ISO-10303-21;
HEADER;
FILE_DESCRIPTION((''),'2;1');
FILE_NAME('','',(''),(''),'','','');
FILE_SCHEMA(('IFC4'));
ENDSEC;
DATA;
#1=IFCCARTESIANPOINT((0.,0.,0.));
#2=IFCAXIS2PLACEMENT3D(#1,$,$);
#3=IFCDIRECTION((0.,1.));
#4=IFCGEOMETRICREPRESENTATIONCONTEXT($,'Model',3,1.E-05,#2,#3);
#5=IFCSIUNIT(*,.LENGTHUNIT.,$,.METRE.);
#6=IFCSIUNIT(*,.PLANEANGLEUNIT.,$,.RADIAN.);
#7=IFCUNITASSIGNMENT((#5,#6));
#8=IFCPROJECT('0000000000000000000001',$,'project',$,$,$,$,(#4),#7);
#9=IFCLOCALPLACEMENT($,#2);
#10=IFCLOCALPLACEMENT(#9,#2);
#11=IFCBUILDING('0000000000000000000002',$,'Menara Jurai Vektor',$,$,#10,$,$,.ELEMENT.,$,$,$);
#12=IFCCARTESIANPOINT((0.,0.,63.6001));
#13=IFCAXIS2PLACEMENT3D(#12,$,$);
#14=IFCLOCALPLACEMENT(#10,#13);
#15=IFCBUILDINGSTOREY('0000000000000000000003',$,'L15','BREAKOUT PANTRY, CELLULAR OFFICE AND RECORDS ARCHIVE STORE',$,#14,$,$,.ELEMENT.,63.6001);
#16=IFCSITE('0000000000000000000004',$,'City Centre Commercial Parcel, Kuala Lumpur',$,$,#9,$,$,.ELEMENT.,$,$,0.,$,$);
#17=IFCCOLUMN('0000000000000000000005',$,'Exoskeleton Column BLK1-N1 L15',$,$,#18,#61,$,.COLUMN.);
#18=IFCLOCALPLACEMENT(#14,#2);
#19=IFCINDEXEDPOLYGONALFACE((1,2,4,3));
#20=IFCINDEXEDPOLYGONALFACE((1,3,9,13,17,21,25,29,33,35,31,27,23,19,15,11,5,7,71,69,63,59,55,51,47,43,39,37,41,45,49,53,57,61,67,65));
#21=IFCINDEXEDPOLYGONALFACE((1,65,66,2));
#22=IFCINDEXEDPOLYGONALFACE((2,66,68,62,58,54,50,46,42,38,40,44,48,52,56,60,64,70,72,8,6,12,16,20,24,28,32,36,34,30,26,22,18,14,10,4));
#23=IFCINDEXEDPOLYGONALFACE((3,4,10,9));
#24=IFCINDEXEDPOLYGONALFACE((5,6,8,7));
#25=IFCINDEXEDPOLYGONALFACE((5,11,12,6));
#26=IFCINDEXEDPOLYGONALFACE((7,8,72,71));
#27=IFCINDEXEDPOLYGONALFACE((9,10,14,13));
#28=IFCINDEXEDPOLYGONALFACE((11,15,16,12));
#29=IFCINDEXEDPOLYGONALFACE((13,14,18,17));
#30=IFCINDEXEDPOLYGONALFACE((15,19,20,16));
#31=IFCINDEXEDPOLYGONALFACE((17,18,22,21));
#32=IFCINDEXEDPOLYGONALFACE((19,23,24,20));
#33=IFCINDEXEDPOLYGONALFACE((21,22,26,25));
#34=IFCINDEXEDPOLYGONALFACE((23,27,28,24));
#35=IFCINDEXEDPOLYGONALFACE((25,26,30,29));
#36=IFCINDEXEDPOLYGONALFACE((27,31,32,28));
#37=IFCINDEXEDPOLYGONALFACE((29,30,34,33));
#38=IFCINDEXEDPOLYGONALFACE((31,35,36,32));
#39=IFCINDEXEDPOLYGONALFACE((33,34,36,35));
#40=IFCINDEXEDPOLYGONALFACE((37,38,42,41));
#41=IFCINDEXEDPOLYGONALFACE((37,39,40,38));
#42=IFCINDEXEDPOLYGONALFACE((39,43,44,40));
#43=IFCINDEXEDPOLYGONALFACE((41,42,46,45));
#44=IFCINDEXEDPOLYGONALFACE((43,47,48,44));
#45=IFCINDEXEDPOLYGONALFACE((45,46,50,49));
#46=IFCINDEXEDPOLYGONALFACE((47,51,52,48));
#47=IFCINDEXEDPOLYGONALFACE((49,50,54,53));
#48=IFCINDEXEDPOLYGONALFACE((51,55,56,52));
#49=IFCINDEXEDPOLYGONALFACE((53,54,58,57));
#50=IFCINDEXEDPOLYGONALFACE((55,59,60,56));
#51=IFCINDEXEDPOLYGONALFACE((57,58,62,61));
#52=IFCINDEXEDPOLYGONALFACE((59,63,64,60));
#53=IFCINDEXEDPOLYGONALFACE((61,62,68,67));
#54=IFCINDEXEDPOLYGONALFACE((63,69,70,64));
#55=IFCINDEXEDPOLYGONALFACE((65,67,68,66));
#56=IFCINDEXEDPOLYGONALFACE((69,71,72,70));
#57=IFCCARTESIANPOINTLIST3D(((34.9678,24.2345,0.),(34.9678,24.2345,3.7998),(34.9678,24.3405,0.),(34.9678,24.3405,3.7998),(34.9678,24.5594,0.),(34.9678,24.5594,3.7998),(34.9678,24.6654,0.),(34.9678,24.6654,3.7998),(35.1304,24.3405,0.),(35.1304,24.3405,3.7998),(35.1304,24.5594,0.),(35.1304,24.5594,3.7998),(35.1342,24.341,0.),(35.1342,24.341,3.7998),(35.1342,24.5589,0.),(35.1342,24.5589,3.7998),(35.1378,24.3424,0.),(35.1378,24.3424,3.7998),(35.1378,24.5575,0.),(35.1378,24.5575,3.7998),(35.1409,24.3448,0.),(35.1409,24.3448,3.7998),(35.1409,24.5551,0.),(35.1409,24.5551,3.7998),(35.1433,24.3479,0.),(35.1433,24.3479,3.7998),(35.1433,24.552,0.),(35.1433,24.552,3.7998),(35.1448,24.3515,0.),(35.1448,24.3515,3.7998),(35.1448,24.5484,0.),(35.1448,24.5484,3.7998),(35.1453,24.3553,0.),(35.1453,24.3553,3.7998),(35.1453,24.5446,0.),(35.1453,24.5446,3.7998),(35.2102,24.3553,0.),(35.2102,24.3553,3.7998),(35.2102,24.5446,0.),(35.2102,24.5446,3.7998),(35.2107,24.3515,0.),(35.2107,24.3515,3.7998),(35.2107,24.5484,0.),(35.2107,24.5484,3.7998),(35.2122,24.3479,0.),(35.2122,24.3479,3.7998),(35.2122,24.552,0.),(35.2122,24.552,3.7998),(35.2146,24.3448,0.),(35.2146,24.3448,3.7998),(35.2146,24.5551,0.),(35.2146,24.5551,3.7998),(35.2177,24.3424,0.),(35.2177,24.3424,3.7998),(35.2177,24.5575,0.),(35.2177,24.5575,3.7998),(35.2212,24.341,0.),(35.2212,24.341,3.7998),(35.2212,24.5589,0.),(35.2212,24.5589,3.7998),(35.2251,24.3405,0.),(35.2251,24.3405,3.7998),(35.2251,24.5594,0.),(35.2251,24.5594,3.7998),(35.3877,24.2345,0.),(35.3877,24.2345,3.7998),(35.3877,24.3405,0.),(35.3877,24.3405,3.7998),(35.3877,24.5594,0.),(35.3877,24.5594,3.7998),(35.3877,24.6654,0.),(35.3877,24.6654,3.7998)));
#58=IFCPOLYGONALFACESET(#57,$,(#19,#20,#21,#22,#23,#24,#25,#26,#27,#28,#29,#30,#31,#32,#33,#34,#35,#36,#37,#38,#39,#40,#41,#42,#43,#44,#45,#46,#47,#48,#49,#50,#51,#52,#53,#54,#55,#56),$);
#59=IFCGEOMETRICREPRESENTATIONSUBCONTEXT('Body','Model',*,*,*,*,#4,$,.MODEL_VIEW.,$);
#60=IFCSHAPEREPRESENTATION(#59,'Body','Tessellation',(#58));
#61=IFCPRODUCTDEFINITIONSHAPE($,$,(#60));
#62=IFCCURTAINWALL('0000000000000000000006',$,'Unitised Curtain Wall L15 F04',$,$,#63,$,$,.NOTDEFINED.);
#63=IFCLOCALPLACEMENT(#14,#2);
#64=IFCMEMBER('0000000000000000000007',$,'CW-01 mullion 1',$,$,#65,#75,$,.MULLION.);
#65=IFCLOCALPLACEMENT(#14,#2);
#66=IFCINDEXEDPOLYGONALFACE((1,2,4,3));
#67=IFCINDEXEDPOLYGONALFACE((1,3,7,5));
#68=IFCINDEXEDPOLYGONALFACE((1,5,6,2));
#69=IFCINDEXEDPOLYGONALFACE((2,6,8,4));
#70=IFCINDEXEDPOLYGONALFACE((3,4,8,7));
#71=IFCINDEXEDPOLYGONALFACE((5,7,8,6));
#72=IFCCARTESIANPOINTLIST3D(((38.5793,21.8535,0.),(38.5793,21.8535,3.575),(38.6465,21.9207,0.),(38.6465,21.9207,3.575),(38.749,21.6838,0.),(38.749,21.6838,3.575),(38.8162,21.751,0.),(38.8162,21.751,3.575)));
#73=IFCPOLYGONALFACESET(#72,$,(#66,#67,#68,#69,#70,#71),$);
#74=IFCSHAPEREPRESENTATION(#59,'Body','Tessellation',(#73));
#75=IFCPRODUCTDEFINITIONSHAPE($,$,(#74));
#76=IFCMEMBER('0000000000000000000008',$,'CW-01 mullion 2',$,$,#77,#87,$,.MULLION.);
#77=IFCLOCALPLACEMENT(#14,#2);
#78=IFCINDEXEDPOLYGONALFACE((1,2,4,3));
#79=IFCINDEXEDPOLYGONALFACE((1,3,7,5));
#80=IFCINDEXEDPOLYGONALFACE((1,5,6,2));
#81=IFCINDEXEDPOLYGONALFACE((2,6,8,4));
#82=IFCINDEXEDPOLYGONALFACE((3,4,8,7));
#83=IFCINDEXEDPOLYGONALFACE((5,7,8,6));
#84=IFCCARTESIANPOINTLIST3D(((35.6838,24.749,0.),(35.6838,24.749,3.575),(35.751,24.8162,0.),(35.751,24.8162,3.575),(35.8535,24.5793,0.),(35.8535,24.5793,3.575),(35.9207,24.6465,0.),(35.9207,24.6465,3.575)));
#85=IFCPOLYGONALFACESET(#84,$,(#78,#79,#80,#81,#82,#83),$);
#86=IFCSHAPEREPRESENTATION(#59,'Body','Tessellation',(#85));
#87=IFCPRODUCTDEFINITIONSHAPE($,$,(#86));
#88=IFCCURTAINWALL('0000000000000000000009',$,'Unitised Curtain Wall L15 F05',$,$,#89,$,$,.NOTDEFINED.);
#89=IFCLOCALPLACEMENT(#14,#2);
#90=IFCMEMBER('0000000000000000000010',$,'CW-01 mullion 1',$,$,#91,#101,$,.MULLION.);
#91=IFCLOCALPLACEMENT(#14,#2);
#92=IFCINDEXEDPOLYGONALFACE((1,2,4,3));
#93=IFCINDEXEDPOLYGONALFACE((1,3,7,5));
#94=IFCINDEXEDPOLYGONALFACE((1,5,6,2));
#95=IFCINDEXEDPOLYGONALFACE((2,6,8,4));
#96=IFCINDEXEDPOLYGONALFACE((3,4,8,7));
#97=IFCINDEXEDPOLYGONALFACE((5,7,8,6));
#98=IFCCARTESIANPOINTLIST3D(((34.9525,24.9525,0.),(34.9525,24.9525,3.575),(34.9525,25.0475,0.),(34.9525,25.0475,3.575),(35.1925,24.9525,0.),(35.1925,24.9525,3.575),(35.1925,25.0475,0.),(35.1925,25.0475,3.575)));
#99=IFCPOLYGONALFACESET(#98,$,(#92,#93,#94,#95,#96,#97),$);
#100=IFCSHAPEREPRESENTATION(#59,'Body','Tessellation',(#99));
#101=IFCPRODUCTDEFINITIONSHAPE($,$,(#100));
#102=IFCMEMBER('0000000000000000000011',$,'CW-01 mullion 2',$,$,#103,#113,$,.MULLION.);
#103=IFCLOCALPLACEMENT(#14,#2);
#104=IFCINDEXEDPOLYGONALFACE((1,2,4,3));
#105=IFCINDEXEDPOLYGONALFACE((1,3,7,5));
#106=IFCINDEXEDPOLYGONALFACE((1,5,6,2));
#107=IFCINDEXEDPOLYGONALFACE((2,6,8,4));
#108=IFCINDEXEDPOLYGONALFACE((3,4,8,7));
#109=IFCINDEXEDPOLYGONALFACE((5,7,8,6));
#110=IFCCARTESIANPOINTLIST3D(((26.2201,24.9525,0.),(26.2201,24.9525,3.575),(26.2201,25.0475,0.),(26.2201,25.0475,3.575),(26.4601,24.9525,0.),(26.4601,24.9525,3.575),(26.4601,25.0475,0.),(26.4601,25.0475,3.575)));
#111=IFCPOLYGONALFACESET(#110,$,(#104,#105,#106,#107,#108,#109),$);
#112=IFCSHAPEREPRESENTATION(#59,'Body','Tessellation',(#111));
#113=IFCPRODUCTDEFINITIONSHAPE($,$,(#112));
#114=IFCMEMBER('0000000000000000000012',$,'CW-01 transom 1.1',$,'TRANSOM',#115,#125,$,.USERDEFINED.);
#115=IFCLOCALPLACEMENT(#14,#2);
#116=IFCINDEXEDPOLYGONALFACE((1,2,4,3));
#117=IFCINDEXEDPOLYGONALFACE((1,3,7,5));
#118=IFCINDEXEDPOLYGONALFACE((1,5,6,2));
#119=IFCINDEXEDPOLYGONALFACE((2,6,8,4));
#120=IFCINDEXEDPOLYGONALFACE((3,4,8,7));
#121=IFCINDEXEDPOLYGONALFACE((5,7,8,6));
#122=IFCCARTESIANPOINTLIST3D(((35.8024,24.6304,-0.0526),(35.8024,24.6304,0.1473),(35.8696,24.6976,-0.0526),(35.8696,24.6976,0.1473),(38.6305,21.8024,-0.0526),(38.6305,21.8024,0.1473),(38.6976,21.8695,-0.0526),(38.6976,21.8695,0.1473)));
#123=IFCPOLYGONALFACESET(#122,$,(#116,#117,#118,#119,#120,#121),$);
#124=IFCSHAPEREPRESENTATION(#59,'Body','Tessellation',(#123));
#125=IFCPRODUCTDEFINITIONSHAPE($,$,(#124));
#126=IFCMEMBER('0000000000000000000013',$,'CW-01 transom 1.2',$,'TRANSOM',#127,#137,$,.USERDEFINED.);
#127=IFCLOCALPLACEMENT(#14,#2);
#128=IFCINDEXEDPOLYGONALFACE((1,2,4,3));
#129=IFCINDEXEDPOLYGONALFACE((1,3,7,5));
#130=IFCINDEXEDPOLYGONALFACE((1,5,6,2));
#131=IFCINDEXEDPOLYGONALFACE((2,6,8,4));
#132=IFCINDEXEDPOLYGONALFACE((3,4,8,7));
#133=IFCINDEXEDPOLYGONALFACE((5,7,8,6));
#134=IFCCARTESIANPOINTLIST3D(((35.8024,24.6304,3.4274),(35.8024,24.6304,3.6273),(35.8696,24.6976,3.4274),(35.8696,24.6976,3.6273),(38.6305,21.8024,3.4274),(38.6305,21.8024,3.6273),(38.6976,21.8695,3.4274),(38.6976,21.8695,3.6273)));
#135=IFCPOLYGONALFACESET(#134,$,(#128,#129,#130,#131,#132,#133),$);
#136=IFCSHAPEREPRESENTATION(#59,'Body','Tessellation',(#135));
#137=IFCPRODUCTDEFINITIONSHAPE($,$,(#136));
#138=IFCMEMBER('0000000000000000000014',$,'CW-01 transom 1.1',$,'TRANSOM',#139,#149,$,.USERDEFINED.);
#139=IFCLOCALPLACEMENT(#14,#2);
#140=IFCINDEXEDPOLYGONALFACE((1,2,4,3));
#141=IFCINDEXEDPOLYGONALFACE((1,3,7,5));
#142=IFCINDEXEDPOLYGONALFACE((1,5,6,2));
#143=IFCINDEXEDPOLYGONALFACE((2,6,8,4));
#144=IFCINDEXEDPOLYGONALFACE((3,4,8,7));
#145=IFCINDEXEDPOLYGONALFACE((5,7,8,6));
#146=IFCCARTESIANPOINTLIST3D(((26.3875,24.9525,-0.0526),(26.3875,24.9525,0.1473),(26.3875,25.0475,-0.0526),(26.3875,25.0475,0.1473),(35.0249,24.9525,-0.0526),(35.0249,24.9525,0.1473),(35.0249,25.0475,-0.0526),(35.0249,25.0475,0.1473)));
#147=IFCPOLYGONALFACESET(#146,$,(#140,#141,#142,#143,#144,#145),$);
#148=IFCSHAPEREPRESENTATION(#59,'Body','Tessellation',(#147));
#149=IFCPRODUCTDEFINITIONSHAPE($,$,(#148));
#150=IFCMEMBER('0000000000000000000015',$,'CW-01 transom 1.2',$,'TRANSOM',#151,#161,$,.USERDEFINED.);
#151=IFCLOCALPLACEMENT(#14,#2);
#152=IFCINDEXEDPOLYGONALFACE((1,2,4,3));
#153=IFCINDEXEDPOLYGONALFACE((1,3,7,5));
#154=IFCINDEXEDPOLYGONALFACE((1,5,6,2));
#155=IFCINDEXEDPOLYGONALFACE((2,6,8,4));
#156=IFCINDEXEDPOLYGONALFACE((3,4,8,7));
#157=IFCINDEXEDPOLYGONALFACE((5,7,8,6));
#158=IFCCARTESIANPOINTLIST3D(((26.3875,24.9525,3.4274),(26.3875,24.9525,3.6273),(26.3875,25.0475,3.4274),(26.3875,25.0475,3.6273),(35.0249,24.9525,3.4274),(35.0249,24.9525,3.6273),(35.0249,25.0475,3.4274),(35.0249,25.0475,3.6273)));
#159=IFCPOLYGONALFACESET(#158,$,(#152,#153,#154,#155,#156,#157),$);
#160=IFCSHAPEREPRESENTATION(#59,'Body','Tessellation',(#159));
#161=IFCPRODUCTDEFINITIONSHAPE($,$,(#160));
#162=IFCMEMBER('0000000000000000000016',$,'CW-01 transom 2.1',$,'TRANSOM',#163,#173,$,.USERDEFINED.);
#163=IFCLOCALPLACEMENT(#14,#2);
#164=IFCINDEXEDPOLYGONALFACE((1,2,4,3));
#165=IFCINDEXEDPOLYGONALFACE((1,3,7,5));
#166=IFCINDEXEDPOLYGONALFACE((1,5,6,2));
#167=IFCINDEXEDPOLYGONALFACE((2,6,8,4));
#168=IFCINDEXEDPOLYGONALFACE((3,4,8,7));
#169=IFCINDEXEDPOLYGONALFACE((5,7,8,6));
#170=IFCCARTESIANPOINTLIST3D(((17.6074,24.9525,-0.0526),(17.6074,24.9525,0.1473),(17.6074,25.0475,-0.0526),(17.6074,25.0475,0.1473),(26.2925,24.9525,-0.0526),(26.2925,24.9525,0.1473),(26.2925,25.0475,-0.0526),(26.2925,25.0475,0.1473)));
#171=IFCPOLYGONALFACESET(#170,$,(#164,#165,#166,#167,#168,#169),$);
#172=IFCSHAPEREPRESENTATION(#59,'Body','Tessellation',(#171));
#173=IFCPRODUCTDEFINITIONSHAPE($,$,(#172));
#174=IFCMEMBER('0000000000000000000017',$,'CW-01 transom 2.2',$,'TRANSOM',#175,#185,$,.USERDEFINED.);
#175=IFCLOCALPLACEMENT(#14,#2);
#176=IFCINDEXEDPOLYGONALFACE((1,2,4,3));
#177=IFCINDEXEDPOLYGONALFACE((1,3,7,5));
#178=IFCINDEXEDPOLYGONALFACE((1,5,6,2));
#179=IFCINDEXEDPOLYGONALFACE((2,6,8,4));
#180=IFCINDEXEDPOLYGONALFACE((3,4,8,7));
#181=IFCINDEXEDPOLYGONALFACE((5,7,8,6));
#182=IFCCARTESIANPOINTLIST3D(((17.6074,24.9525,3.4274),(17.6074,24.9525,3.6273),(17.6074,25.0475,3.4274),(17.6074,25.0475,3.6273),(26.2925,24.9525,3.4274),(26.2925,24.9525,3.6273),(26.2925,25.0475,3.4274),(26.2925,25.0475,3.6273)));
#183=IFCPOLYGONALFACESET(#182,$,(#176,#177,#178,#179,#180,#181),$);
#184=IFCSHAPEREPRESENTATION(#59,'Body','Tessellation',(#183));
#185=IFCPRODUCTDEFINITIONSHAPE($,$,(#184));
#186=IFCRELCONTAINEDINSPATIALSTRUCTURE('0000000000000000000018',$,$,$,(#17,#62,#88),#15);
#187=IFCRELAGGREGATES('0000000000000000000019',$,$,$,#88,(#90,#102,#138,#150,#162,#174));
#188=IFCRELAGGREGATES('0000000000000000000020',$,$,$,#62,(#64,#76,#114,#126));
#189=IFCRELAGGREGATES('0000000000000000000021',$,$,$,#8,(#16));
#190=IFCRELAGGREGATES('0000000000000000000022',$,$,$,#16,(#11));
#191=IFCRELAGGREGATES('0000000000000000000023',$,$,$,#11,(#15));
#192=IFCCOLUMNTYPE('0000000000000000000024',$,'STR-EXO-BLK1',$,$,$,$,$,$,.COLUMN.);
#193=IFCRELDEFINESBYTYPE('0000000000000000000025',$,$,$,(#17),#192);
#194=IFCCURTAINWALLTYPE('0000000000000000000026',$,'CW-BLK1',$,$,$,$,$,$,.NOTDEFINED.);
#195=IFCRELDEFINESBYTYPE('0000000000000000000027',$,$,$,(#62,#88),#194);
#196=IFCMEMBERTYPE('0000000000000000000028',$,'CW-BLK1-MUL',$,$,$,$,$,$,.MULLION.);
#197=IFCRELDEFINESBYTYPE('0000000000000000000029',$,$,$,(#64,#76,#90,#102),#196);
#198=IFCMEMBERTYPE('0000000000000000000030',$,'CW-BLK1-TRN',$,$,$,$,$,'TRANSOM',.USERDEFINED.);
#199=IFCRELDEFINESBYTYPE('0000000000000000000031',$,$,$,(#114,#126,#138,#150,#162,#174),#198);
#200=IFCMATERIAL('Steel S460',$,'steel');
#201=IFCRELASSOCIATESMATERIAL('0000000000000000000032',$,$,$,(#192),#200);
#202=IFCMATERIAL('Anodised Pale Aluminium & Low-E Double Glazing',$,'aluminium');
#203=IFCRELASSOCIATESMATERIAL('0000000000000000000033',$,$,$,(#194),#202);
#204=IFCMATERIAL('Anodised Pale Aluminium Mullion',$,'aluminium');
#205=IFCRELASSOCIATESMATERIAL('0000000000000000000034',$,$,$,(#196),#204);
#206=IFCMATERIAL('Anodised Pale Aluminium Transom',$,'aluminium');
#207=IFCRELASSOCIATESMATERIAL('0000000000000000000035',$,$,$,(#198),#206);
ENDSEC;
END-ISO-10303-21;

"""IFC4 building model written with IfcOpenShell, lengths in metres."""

from ifc_helpers import new_model, si_unit, direction, frame, origin, origin_2d, place, context, subcontext, project, spatial, rectangle, i_section, extrude, material, material_profile, profile_set, type_object, element, aggregate, save


model = new_model("IFC4")

# Units and contexts
model_context = context("Model", 3, precision=1e-05, world=origin(), true_north=direction((0.0, 1.0)))
body_context = subcontext(model_context, "Body", "Model", "MODEL_VIEW")
ifc_project = project(units=[si_unit("LENGTHUNIT", "METRE"), si_unit("PLANEANGLEUNIT", "RADIAN")], contexts=[model_context])

# Site, building, storey
site_placement = place(None, origin())
site = spatial("IfcSite", under=ifc_project, at=site_placement, Name="City Centre Commercial Parcel, Kuala Lumpur", CompositionType="ELEMENT", RefElevation=0.0)
building_placement = place(site_placement, origin())
building = spatial("IfcBuilding", under=site, at=building_placement, Name="Menara Jurai Vektor", CompositionType="ELEMENT")
storey_placement = place(building_placement, frame((0.0, 0.0, 63.6001)))
storey = spatial("IfcBuildingStorey", under=building, at=storey_placement, Name="L15", Description="BREAKOUT PANTRY, CELLULAR OFFICE AND RECORDS ARCHIVE STORE", CompositionType="ELEMENT", Elevation=63.6001)

# Column
ifc_material_1 = material(Name="Steel S460", Category="steel")
ifc_material_profile_1 = material_profile(ifc_material_1, i_section(OverallWidth=0.4199, OverallDepth=0.4309, WebThickness=0.0649, FlangeThickness=0.106, FilletRadius=0.0149, at=origin_2d()), Name="HD 400x900")
ifc_profile_set_1 = profile_set([ifc_material_profile_1], Name="Steel S460")
column_type = type_object("IfcColumnType", Name="STR-EXO-BLK1", PredefinedType="COLUMN", material=ifc_profile_set_1)
column_placement = place(storey_placement, frame((35.1777, 24.45, 0.0), z_axis=(0.0, 0.0, 1.0), x_axis=(1.0, 0.0, 0.0)))
element("IfcColumn", 1, at=column_placement, inside=storey, type_object=column_type, Name="Exoskeleton Column BLK1-N1 L15", PredefinedType="COLUMN", context=body_context, shape_type="SweptSolid", body=[
    extrude(i_section(OverallWidth=0.4199, OverallDepth=0.4309, WebThickness=0.0649, FlangeThickness=0.106, FilletRadius=0.0149, at=origin_2d()), origin(), (0.0, 0.0, 1.0), 3.7998),
])

# Curtain walls, members
ifc_material_2 = material(Name="Anodised Pale Aluminium & Low-E Double Glazing", Category="aluminium")
curtain_wall_type = type_object("IfcCurtainWallType", Name="CW-BLK1", PredefinedType="NOTDEFINED", material=ifc_material_2)
curtain_wall_1_placement = place(storey_placement, origin())
curtain_wall_1 = element("IfcCurtainWall", 2, at=curtain_wall_1_placement, inside=storey, type_object=curtain_wall_type, Name="Unitised Curtain Wall L15 F04", PredefinedType="NOTDEFINED")
ifc_material_3 = material(Name="Anodised Pale Aluminium Mullion", Category="aluminium")
ifc_material_profile_2 = material_profile(ifc_material_3, rectangle(XDim=0.095, YDim=0.24, at=origin_2d()), Name="ALU MUL 95x240")
ifc_profile_set_2 = profile_set([ifc_material_profile_2], Name="Anodised Pale Aluminium Mullion")
member_type_1 = type_object("IfcMemberType", Name="CW-BLK1-MUL", PredefinedType="MULLION", material=ifc_profile_set_2)
member_1_placement = place(storey_placement, frame((38.6978, 21.8022, 0.0), z_axis=(0.0, 0.0, 1.0), x_axis=(-0.707107, -0.707107, 0.0)))
member_1 = element("IfcMember", 3, at=member_1_placement, type_object=member_type_1, Name="CW-01 mullion 1", PredefinedType="MULLION", context=body_context, shape_type="SweptSolid", body=[
    extrude(rectangle(XDim=0.095, YDim=0.24, at=origin_2d()), origin(), (0.0, 0.0, 1.0), 3.575),
])
member_2_placement = place(storey_placement, frame((35.8022, 24.6978, 0.0), z_axis=(0.0, 0.0, 1.0), x_axis=(-0.707107, -0.707107, 0.0)))
member_2 = element("IfcMember", 4, at=member_2_placement, type_object=member_type_1, Name="CW-01 mullion 2", PredefinedType="MULLION", context=body_context, shape_type="SweptSolid", body=[
    extrude(rectangle(XDim=0.095, YDim=0.24, at=origin_2d()), origin(), (0.0, 0.0, 1.0), 3.575),
])
curtain_wall_2_placement = place(storey_placement, origin())
curtain_wall_2 = element("IfcCurtainWall", 5, at=curtain_wall_2_placement, inside=storey, type_object=curtain_wall_type, Name="Unitised Curtain Wall L15 F05", PredefinedType="NOTDEFINED")
member_3_placement = place(storey_placement, frame((35.0725, 25.0, 0.0), z_axis=(0.0, 0.0, 1.0), x_axis=(0.0, -1.0, 0.0)))
member_3 = element("IfcMember", 6, at=member_3_placement, type_object=member_type_1, Name="CW-01 mullion 1", PredefinedType="MULLION", context=body_context, shape_type="SweptSolid", body=[
    extrude(rectangle(XDim=0.095, YDim=0.24, at=origin_2d()), origin(), (0.0, 0.0, 1.0), 3.575),
])
member_4_placement = place(storey_placement, frame((26.3401, 25.0, 0.0), z_axis=(0.0, 0.0, 1.0), x_axis=(0.0, -1.0, 0.0)))
member_4 = element("IfcMember", 7, at=member_4_placement, type_object=member_type_1, Name="CW-01 mullion 2", PredefinedType="MULLION", context=body_context, shape_type="SweptSolid", body=[
    extrude(rectangle(XDim=0.095, YDim=0.24, at=origin_2d()), origin(), (0.0, 0.0, 1.0), 3.575),
])

# Members
ifc_material_4 = material(Name="Anodised Pale Aluminium Transom", Category="aluminium")
ifc_material_profile_3 = material_profile(ifc_material_4, rectangle(XDim=0.095, YDim=0.2, at=origin_2d()), Name="ALU TRN 95x200")
ifc_profile_set_3 = profile_set([ifc_material_profile_3], Name="Anodised Pale Aluminium Transom")
member_type_2 = type_object("IfcMemberType", Name="CW-BLK1-TRN", ElementType="TRANSOM", PredefinedType="USERDEFINED", material=ifc_profile_set_3)
member_5_placement = place(storey_placement, frame((38.6641, 21.8359, 0.0474), z_axis=(-0.707107, 0.707107, 0.0), x_axis=(-0.707107, -0.707107, 0.0)))
member_5 = element("IfcMember", 8, at=member_5_placement, type_object=member_type_2, Name="CW-01 transom 1.1", ObjectType="TRANSOM", PredefinedType="USERDEFINED", context=body_context, shape_type="SweptSolid", body=[
    extrude(rectangle(XDim=0.095, YDim=0.2, at=origin_2d()), origin(), (0.0, 0.0, 1.0), 3.9995),
])
member_6_placement = place(storey_placement, frame((38.6641, 21.8359, 3.5273), z_axis=(-0.707107, 0.707107, 0.0), x_axis=(-0.707107, -0.707107, 0.0)))
member_6 = element("IfcMember", 9, at=member_6_placement, type_object=member_type_2, Name="CW-01 transom 1.2", ObjectType="TRANSOM", PredefinedType="USERDEFINED", context=body_context, shape_type="SweptSolid", body=[
    extrude(rectangle(XDim=0.095, YDim=0.2, at=origin_2d()), origin(), (0.0, 0.0, 1.0), 3.9995),
])
member_7_placement = place(storey_placement, frame((35.0249, 25.0, 0.0474), z_axis=(-1.0, 0.0, 0.0), x_axis=(0.0, -1.0, 0.0)))
member_7 = element("IfcMember", 10, at=member_7_placement, type_object=member_type_2, Name="CW-01 transom 1.1", ObjectType="TRANSOM", PredefinedType="USERDEFINED", context=body_context, shape_type="SweptSolid", body=[
    extrude(rectangle(XDim=0.095, YDim=0.2, at=origin_2d()), origin(), (0.0, 0.0, 1.0), 8.6375),
])
member_8_placement = place(storey_placement, frame((35.0249, 25.0, 3.5273), z_axis=(-1.0, 0.0, 0.0), x_axis=(0.0, -1.0, 0.0)))
member_8 = element("IfcMember", 11, at=member_8_placement, type_object=member_type_2, Name="CW-01 transom 1.2", ObjectType="TRANSOM", PredefinedType="USERDEFINED", context=body_context, shape_type="SweptSolid", body=[
    extrude(rectangle(XDim=0.095, YDim=0.2, at=origin_2d()), origin(), (0.0, 0.0, 1.0), 8.6375),
])
member_9_placement = place(storey_placement, frame((26.2925, 25.0, 0.0474), z_axis=(-1.0, 0.0, 0.0), x_axis=(0.0, -1.0, 0.0)))
member_9 = element("IfcMember", 12, at=member_9_placement, type_object=member_type_2, Name="CW-01 transom 2.1", ObjectType="TRANSOM", PredefinedType="USERDEFINED", context=body_context, shape_type="SweptSolid", body=[
    extrude(rectangle(XDim=0.095, YDim=0.2, at=origin_2d()), origin(), (0.0, 0.0, 1.0), 8.6851),
])
member_10_placement = place(storey_placement, frame((26.2925, 25.0, 3.5273), z_axis=(-1.0, 0.0, 0.0), x_axis=(0.0, -1.0, 0.0)))
member_10 = element("IfcMember", 13, at=member_10_placement, type_object=member_type_2, Name="CW-01 transom 2.2", ObjectType="TRANSOM", PredefinedType="USERDEFINED", context=body_context, shape_type="SweptSolid", body=[
    extrude(rectangle(XDim=0.095, YDim=0.2, at=origin_2d()), origin(), (0.0, 0.0, 1.0), 8.6851),
])

aggregate(curtain_wall_2, [member_3, member_4, member_7, member_8, member_9, member_10])
aggregate(curtain_wall_1, [member_1, member_2, member_5, member_6])

save(model, "model.ifc")
